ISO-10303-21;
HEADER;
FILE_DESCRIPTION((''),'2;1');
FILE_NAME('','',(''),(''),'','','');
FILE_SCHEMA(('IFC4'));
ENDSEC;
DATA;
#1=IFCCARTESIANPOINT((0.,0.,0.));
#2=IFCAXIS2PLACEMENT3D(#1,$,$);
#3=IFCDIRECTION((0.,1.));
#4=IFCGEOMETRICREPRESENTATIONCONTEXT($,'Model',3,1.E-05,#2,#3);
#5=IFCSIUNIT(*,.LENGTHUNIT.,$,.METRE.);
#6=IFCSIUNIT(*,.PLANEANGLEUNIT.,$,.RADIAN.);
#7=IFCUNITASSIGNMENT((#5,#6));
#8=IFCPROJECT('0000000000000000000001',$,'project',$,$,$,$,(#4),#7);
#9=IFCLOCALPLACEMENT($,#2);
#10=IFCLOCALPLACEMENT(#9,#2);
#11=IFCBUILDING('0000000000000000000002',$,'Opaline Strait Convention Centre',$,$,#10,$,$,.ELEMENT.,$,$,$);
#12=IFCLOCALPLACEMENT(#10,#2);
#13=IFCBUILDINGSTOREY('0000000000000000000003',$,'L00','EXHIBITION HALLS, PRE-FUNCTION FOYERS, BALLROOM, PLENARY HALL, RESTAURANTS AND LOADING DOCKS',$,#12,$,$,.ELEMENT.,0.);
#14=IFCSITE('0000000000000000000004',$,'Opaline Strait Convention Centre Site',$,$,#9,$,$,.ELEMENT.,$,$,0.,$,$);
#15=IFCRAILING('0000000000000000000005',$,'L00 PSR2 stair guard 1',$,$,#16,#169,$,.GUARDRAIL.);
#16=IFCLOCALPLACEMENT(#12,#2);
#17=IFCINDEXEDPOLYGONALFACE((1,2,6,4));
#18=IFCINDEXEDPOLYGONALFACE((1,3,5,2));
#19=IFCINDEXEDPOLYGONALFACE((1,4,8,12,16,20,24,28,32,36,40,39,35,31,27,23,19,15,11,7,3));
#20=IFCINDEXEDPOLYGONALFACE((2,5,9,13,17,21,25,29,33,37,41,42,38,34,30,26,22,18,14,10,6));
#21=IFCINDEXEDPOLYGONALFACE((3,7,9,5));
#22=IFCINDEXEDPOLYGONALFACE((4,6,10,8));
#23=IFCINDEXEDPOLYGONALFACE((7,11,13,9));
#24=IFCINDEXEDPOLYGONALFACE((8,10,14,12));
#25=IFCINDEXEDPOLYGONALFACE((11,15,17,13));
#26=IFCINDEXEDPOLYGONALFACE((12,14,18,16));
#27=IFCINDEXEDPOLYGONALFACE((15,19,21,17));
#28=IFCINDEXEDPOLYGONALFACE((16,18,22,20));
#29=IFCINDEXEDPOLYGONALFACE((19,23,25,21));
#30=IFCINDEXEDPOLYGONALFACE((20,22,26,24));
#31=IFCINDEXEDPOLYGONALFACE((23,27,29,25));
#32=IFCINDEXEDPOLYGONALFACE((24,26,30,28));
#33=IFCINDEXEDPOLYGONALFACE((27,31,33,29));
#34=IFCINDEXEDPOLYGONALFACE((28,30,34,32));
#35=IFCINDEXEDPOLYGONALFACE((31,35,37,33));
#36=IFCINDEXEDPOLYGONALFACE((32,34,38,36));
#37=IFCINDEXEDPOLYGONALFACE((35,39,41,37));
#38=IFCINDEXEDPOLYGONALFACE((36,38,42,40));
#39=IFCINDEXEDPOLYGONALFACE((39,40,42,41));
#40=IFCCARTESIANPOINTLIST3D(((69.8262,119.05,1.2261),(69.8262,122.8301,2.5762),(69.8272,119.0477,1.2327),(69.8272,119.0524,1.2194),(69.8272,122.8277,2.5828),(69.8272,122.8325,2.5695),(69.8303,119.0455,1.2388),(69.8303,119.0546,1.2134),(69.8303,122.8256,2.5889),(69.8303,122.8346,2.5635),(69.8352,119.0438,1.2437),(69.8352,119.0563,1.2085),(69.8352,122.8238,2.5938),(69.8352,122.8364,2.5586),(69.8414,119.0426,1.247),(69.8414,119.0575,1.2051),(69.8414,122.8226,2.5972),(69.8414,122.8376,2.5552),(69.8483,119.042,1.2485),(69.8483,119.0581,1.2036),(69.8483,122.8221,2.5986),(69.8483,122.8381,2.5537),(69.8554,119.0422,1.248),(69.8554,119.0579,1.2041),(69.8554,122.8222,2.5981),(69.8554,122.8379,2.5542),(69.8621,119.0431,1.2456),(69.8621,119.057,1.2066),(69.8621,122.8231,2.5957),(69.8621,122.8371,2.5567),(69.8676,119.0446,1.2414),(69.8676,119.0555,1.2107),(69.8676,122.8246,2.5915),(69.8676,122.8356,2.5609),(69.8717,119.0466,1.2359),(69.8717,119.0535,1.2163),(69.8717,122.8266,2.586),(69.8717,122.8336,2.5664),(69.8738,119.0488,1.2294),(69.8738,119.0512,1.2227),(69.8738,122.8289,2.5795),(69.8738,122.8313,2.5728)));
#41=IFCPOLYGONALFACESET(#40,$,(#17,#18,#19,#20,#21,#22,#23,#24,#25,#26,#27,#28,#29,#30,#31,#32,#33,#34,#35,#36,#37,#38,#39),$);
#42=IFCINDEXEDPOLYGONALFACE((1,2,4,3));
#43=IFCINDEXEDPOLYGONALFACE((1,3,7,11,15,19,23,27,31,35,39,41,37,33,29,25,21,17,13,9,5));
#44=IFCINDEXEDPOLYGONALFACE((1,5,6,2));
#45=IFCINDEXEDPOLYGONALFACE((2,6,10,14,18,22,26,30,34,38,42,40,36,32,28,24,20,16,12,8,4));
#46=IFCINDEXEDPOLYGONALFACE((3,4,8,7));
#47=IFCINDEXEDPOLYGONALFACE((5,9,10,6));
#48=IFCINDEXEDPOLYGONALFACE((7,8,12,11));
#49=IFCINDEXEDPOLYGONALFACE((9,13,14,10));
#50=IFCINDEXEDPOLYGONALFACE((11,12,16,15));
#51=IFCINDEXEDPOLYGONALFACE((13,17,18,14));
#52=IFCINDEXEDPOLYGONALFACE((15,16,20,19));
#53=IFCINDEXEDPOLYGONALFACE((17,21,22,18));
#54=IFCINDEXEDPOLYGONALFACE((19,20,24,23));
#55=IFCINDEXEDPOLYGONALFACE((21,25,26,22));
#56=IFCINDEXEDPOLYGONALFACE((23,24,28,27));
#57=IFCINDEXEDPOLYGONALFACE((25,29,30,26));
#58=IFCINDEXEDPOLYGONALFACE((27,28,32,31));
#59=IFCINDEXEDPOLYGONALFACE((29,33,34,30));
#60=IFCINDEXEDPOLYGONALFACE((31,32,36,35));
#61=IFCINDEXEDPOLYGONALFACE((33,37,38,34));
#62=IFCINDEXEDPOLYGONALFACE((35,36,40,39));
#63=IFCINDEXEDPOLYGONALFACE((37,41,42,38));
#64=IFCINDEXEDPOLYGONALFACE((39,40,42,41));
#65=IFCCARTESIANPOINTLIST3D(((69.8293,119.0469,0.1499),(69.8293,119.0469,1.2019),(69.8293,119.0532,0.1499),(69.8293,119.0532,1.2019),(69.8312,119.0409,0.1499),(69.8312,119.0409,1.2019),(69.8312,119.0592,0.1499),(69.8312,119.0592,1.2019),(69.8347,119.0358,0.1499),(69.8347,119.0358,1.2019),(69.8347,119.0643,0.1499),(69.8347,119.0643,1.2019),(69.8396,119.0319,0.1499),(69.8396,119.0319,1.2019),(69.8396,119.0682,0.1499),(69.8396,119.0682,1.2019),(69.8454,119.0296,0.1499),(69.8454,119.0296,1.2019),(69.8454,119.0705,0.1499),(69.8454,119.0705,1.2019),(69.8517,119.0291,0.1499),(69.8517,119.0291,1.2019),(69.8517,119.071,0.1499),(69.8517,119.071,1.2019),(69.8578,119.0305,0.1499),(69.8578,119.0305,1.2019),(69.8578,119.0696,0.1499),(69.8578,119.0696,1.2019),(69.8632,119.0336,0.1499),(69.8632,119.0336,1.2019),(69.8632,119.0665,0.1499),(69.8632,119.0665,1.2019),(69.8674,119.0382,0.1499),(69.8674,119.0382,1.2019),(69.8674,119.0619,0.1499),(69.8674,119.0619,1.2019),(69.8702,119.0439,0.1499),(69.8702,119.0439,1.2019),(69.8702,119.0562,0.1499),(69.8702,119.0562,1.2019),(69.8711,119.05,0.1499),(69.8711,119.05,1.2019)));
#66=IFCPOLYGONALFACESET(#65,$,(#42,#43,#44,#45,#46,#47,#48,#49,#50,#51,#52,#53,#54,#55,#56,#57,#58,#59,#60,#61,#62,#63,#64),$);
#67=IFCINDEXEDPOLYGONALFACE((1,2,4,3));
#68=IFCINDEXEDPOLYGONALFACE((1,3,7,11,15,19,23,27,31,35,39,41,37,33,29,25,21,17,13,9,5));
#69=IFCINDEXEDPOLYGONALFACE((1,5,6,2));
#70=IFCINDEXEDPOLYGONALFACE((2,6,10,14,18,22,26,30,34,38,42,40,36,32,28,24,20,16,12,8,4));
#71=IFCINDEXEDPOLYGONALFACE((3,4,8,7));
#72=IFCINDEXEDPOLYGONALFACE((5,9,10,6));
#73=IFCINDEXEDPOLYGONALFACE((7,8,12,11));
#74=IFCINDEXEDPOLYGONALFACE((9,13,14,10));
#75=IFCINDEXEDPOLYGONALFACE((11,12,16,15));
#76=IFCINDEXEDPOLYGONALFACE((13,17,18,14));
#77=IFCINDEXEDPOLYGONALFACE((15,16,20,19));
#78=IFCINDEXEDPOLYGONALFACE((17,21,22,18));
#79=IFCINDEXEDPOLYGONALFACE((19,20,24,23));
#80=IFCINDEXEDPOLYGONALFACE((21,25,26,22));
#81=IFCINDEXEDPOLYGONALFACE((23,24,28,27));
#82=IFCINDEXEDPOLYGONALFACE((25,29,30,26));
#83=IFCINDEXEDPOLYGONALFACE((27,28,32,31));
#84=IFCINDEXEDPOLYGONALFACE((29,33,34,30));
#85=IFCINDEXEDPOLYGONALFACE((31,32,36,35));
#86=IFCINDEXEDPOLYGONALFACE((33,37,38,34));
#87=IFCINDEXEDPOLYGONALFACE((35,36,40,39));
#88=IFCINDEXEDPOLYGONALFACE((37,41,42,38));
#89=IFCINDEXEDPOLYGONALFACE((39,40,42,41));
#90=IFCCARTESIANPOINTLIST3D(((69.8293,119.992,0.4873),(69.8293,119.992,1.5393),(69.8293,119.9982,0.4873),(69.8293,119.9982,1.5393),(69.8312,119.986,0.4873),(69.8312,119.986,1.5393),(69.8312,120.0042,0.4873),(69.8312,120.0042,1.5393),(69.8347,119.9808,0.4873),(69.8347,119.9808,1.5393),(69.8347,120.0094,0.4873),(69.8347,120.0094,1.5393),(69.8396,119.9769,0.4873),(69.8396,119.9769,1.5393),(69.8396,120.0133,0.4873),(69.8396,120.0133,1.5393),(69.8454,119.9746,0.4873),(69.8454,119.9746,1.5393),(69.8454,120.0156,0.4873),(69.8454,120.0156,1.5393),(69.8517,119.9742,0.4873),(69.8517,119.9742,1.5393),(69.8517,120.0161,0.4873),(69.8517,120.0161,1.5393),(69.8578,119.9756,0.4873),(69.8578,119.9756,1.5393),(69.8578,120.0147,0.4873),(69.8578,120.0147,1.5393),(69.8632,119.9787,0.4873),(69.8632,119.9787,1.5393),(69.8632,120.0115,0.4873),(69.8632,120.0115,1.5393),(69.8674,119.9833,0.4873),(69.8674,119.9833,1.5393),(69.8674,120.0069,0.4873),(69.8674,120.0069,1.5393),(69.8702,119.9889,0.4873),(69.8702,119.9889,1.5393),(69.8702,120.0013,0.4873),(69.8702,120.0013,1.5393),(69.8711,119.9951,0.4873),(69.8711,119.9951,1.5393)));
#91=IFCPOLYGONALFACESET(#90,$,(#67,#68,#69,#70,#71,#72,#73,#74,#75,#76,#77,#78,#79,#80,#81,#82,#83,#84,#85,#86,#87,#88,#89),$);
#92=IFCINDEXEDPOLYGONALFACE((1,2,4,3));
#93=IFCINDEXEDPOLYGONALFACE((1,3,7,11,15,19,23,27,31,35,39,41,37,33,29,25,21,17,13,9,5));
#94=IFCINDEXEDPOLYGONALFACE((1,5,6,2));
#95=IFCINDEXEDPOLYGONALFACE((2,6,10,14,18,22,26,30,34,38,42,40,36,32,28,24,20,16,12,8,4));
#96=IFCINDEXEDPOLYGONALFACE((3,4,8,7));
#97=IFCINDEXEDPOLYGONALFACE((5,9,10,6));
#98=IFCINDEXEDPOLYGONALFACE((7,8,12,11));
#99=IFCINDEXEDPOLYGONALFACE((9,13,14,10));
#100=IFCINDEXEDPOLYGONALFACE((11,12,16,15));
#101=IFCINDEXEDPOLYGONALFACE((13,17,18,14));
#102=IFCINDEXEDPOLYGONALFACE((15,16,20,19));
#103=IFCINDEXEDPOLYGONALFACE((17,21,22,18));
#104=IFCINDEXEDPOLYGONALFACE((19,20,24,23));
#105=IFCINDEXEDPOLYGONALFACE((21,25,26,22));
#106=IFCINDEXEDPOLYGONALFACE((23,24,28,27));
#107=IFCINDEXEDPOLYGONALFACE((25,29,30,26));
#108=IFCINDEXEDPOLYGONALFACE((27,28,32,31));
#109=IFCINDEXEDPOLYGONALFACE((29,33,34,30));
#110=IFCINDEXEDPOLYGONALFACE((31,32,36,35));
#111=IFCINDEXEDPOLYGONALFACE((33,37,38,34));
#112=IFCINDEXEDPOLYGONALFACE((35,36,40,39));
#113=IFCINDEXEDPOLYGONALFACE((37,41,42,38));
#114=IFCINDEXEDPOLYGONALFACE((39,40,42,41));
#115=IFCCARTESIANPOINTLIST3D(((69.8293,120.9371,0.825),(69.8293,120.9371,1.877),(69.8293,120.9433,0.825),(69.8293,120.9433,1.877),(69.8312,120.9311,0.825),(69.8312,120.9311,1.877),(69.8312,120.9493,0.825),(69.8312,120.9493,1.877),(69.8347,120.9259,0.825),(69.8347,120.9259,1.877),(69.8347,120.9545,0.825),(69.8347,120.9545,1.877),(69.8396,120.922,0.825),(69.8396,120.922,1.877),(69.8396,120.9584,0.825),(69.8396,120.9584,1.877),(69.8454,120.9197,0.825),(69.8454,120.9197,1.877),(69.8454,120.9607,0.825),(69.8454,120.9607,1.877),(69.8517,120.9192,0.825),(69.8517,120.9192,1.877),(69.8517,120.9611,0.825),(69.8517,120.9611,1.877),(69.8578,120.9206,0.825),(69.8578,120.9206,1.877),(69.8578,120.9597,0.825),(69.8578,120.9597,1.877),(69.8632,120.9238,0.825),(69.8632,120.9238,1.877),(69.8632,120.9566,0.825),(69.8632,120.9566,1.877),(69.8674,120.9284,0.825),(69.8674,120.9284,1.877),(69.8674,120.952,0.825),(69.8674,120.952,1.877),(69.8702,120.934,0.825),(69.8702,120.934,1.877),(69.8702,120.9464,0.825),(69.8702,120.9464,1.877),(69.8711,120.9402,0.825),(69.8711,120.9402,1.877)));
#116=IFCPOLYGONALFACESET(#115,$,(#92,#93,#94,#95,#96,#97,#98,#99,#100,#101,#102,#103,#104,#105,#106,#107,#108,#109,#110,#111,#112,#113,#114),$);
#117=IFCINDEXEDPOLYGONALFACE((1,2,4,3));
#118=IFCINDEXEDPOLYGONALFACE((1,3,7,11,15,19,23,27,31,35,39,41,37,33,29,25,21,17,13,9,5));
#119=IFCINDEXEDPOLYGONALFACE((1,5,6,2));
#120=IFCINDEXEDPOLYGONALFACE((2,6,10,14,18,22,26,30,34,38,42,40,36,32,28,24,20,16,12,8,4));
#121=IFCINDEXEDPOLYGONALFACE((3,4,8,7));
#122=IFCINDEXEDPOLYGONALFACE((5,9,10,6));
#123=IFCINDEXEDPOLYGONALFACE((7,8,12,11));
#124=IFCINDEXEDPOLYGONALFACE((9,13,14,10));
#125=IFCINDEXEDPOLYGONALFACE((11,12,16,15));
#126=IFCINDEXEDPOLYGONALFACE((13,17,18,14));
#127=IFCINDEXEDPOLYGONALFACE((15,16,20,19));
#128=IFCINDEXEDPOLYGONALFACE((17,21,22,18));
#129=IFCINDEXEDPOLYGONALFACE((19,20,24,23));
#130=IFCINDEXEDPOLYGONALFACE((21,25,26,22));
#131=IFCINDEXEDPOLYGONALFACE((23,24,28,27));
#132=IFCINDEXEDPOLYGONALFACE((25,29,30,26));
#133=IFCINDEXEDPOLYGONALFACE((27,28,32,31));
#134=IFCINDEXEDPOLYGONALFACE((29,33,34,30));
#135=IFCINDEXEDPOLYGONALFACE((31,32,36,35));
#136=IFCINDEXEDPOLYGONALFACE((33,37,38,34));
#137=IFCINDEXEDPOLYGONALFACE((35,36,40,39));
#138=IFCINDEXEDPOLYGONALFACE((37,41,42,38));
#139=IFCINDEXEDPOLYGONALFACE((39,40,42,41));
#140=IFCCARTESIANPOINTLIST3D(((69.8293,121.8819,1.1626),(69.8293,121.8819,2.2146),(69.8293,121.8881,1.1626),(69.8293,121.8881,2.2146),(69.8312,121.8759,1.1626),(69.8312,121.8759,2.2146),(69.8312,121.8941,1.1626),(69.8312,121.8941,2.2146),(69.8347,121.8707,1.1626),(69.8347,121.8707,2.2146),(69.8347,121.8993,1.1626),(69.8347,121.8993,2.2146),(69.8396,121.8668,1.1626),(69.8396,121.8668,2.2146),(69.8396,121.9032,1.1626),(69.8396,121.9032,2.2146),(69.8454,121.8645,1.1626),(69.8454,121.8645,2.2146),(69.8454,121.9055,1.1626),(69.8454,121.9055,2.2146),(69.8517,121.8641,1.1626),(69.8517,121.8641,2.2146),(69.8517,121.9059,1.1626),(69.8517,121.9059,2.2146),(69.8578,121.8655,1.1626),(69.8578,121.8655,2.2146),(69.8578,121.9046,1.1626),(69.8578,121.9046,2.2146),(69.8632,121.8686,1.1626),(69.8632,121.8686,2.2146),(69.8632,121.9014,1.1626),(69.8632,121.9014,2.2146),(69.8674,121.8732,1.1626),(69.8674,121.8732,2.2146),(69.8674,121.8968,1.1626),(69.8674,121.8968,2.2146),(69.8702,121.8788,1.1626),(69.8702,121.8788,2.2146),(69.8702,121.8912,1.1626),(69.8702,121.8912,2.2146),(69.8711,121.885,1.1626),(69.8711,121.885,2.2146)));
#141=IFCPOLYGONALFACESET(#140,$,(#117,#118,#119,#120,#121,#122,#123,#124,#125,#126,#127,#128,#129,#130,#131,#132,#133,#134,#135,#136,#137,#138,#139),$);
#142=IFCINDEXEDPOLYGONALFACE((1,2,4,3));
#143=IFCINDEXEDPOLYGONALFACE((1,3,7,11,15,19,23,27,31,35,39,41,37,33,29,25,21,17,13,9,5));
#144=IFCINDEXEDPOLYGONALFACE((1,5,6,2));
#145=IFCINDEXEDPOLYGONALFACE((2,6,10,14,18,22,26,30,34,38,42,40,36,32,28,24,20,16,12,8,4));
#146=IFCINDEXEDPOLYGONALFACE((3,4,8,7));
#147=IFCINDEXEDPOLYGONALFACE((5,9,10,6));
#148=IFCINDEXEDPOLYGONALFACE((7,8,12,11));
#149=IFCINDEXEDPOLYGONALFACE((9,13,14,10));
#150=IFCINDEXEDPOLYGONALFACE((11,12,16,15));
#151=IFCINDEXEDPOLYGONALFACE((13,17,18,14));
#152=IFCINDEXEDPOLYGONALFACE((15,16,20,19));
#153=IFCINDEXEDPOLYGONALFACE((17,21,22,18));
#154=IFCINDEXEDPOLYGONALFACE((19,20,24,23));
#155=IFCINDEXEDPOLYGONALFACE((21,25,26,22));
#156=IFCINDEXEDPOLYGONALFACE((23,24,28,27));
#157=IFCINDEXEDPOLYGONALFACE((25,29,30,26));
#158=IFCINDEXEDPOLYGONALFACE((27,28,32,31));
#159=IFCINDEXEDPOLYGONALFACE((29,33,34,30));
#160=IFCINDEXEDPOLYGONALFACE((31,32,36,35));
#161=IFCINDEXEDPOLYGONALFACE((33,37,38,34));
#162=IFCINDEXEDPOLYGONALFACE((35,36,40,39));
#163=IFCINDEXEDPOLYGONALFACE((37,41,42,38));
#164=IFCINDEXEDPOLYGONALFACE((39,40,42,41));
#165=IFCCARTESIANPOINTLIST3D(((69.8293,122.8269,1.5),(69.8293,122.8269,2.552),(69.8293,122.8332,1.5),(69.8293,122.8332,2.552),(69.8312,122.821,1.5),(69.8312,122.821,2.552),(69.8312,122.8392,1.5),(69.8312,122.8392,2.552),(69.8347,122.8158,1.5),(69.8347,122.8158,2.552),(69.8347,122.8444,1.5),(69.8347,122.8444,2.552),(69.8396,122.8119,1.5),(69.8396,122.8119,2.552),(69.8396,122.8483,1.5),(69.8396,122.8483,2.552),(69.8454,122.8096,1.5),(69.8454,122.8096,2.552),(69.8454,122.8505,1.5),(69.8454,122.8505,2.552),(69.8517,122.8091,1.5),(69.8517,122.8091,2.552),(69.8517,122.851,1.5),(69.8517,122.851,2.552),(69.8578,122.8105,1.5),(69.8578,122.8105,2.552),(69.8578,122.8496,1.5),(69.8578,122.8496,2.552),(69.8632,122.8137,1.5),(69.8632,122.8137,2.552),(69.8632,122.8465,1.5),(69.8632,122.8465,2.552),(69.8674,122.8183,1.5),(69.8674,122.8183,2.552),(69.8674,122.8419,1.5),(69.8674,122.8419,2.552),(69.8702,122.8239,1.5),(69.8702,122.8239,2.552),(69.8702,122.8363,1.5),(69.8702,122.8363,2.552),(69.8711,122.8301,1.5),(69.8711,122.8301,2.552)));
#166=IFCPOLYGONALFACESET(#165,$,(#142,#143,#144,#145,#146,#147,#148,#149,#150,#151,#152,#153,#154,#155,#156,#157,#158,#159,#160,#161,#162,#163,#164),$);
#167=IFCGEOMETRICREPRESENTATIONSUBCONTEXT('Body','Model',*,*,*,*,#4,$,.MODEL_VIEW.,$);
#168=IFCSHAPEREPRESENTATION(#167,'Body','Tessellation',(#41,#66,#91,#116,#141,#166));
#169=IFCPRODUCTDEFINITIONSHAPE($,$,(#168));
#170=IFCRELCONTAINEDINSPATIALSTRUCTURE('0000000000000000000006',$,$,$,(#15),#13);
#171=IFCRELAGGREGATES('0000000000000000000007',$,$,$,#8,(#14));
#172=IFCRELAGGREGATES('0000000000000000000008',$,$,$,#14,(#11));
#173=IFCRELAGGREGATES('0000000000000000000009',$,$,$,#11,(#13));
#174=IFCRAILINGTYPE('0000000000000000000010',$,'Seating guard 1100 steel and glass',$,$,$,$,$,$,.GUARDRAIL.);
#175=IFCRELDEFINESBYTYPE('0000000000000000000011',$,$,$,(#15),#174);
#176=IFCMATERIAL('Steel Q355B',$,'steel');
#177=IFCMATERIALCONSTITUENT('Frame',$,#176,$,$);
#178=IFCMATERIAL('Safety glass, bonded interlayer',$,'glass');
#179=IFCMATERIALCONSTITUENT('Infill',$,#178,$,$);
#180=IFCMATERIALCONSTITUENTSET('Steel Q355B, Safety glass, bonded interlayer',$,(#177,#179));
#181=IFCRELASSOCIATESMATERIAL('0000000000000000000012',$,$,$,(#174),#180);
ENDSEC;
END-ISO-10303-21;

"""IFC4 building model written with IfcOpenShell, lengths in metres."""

from ifc_helpers import new_model, si_unit, direction, frame, origin, origin_2d, place, context, subcontext, project, spatial, circle, extrude, material, constituent, constituent_set, type_object, element, save


model = new_model("IFC4")

# Units and contexts
model_context = context("Model", 3, precision=1e-05, world=origin(), true_north=direction((0.0, 1.0)))
body_context = subcontext(model_context, "Body", "Model", "MODEL_VIEW")
ifc_project = project(units=[si_unit("LENGTHUNIT", "METRE"), si_unit("PLANEANGLEUNIT", "RADIAN")], contexts=[model_context])

# Site, building, storey
site_placement = place(None, origin())
site = spatial("IfcSite", under=ifc_project, at=site_placement, Name="Opaline Strait Convention Centre Site", CompositionType="ELEMENT", RefElevation=0.0)
building_placement = place(site_placement, origin())
building = spatial("IfcBuilding", under=site, at=building_placement, Name="Opaline Strait Convention Centre", CompositionType="ELEMENT")
storey_placement = place(building_placement, origin())
storey = spatial("IfcBuildingStorey", under=building, at=storey_placement, Name="L00", Description="EXHIBITION HALLS, PRE-FUNCTION FOYERS, BALLROOM, PLENARY HALL, RESTAURANTS AND LOADING DOCKS", CompositionType="ELEMENT", Elevation=0.0)

# Railing
ifc_material_1 = material(Name="Steel Q355B", Category="steel")
ifc_constituent_1 = constituent(ifc_material_1, Name="Frame")
ifc_material_2 = material(Name="Safety glass, bonded interlayer", Category="glass")
ifc_constituent_2 = constituent(ifc_material_2, Name="Infill")
ifc_constituent_set = constituent_set(constituents=[ifc_constituent_1, ifc_constituent_2], Name="Steel Q355B, Safety glass, bonded interlayer")
railing_type_1 = type_object("IfcRailingType", Name="Seating guard 1100 steel and glass", PredefinedType="GUARDRAIL", material=ifc_constituent_set)
railing_1_placement = place(storey_placement, frame((69.8501, 119.05, 0.1499)))
element("IfcRailing", 1, at=railing_1_placement, inside=storey, type_object=railing_type_1, Name="L00 PSR2 stair guard 1", PredefinedType="GUARDRAIL", context=body_context, shape_type="SweptSolid", body=[
    extrude(circle(Radius=0.0239, at=origin_2d()), frame((0.0, 0.0, 1.0762), z_axis=(0.0, 0.941735, 0.336356), x_axis=(-1.0, 0.0, 0.0)), (0.0, 0.0, 1.0), 4.0139),
    extrude(circle(Radius=0.021, at=origin_2d()), origin(), (0.0, 0.0, 1.0), 1.052),
    extrude(circle(Radius=0.021, at=origin_2d()), frame((0.0, 0.9451, 0.3374)), (0.0, 0.0, 1.0), 1.052),
    extrude(circle(Radius=0.021, at=origin_2d()), frame((0.0, 1.8901, 0.675)), (0.0, 0.0, 1.0), 1.052),
    extrude(circle(Radius=0.021, at=origin_2d()), frame((0.0, 2.835, 1.0127)), (0.0, 0.0, 1.0), 1.052),
    extrude(circle(Radius=0.021, at=origin_2d()), frame((0.0, 3.78, 1.3501)), (0.0, 0.0, 1.0), 1.052),
])

save(model, "model.ifc")
